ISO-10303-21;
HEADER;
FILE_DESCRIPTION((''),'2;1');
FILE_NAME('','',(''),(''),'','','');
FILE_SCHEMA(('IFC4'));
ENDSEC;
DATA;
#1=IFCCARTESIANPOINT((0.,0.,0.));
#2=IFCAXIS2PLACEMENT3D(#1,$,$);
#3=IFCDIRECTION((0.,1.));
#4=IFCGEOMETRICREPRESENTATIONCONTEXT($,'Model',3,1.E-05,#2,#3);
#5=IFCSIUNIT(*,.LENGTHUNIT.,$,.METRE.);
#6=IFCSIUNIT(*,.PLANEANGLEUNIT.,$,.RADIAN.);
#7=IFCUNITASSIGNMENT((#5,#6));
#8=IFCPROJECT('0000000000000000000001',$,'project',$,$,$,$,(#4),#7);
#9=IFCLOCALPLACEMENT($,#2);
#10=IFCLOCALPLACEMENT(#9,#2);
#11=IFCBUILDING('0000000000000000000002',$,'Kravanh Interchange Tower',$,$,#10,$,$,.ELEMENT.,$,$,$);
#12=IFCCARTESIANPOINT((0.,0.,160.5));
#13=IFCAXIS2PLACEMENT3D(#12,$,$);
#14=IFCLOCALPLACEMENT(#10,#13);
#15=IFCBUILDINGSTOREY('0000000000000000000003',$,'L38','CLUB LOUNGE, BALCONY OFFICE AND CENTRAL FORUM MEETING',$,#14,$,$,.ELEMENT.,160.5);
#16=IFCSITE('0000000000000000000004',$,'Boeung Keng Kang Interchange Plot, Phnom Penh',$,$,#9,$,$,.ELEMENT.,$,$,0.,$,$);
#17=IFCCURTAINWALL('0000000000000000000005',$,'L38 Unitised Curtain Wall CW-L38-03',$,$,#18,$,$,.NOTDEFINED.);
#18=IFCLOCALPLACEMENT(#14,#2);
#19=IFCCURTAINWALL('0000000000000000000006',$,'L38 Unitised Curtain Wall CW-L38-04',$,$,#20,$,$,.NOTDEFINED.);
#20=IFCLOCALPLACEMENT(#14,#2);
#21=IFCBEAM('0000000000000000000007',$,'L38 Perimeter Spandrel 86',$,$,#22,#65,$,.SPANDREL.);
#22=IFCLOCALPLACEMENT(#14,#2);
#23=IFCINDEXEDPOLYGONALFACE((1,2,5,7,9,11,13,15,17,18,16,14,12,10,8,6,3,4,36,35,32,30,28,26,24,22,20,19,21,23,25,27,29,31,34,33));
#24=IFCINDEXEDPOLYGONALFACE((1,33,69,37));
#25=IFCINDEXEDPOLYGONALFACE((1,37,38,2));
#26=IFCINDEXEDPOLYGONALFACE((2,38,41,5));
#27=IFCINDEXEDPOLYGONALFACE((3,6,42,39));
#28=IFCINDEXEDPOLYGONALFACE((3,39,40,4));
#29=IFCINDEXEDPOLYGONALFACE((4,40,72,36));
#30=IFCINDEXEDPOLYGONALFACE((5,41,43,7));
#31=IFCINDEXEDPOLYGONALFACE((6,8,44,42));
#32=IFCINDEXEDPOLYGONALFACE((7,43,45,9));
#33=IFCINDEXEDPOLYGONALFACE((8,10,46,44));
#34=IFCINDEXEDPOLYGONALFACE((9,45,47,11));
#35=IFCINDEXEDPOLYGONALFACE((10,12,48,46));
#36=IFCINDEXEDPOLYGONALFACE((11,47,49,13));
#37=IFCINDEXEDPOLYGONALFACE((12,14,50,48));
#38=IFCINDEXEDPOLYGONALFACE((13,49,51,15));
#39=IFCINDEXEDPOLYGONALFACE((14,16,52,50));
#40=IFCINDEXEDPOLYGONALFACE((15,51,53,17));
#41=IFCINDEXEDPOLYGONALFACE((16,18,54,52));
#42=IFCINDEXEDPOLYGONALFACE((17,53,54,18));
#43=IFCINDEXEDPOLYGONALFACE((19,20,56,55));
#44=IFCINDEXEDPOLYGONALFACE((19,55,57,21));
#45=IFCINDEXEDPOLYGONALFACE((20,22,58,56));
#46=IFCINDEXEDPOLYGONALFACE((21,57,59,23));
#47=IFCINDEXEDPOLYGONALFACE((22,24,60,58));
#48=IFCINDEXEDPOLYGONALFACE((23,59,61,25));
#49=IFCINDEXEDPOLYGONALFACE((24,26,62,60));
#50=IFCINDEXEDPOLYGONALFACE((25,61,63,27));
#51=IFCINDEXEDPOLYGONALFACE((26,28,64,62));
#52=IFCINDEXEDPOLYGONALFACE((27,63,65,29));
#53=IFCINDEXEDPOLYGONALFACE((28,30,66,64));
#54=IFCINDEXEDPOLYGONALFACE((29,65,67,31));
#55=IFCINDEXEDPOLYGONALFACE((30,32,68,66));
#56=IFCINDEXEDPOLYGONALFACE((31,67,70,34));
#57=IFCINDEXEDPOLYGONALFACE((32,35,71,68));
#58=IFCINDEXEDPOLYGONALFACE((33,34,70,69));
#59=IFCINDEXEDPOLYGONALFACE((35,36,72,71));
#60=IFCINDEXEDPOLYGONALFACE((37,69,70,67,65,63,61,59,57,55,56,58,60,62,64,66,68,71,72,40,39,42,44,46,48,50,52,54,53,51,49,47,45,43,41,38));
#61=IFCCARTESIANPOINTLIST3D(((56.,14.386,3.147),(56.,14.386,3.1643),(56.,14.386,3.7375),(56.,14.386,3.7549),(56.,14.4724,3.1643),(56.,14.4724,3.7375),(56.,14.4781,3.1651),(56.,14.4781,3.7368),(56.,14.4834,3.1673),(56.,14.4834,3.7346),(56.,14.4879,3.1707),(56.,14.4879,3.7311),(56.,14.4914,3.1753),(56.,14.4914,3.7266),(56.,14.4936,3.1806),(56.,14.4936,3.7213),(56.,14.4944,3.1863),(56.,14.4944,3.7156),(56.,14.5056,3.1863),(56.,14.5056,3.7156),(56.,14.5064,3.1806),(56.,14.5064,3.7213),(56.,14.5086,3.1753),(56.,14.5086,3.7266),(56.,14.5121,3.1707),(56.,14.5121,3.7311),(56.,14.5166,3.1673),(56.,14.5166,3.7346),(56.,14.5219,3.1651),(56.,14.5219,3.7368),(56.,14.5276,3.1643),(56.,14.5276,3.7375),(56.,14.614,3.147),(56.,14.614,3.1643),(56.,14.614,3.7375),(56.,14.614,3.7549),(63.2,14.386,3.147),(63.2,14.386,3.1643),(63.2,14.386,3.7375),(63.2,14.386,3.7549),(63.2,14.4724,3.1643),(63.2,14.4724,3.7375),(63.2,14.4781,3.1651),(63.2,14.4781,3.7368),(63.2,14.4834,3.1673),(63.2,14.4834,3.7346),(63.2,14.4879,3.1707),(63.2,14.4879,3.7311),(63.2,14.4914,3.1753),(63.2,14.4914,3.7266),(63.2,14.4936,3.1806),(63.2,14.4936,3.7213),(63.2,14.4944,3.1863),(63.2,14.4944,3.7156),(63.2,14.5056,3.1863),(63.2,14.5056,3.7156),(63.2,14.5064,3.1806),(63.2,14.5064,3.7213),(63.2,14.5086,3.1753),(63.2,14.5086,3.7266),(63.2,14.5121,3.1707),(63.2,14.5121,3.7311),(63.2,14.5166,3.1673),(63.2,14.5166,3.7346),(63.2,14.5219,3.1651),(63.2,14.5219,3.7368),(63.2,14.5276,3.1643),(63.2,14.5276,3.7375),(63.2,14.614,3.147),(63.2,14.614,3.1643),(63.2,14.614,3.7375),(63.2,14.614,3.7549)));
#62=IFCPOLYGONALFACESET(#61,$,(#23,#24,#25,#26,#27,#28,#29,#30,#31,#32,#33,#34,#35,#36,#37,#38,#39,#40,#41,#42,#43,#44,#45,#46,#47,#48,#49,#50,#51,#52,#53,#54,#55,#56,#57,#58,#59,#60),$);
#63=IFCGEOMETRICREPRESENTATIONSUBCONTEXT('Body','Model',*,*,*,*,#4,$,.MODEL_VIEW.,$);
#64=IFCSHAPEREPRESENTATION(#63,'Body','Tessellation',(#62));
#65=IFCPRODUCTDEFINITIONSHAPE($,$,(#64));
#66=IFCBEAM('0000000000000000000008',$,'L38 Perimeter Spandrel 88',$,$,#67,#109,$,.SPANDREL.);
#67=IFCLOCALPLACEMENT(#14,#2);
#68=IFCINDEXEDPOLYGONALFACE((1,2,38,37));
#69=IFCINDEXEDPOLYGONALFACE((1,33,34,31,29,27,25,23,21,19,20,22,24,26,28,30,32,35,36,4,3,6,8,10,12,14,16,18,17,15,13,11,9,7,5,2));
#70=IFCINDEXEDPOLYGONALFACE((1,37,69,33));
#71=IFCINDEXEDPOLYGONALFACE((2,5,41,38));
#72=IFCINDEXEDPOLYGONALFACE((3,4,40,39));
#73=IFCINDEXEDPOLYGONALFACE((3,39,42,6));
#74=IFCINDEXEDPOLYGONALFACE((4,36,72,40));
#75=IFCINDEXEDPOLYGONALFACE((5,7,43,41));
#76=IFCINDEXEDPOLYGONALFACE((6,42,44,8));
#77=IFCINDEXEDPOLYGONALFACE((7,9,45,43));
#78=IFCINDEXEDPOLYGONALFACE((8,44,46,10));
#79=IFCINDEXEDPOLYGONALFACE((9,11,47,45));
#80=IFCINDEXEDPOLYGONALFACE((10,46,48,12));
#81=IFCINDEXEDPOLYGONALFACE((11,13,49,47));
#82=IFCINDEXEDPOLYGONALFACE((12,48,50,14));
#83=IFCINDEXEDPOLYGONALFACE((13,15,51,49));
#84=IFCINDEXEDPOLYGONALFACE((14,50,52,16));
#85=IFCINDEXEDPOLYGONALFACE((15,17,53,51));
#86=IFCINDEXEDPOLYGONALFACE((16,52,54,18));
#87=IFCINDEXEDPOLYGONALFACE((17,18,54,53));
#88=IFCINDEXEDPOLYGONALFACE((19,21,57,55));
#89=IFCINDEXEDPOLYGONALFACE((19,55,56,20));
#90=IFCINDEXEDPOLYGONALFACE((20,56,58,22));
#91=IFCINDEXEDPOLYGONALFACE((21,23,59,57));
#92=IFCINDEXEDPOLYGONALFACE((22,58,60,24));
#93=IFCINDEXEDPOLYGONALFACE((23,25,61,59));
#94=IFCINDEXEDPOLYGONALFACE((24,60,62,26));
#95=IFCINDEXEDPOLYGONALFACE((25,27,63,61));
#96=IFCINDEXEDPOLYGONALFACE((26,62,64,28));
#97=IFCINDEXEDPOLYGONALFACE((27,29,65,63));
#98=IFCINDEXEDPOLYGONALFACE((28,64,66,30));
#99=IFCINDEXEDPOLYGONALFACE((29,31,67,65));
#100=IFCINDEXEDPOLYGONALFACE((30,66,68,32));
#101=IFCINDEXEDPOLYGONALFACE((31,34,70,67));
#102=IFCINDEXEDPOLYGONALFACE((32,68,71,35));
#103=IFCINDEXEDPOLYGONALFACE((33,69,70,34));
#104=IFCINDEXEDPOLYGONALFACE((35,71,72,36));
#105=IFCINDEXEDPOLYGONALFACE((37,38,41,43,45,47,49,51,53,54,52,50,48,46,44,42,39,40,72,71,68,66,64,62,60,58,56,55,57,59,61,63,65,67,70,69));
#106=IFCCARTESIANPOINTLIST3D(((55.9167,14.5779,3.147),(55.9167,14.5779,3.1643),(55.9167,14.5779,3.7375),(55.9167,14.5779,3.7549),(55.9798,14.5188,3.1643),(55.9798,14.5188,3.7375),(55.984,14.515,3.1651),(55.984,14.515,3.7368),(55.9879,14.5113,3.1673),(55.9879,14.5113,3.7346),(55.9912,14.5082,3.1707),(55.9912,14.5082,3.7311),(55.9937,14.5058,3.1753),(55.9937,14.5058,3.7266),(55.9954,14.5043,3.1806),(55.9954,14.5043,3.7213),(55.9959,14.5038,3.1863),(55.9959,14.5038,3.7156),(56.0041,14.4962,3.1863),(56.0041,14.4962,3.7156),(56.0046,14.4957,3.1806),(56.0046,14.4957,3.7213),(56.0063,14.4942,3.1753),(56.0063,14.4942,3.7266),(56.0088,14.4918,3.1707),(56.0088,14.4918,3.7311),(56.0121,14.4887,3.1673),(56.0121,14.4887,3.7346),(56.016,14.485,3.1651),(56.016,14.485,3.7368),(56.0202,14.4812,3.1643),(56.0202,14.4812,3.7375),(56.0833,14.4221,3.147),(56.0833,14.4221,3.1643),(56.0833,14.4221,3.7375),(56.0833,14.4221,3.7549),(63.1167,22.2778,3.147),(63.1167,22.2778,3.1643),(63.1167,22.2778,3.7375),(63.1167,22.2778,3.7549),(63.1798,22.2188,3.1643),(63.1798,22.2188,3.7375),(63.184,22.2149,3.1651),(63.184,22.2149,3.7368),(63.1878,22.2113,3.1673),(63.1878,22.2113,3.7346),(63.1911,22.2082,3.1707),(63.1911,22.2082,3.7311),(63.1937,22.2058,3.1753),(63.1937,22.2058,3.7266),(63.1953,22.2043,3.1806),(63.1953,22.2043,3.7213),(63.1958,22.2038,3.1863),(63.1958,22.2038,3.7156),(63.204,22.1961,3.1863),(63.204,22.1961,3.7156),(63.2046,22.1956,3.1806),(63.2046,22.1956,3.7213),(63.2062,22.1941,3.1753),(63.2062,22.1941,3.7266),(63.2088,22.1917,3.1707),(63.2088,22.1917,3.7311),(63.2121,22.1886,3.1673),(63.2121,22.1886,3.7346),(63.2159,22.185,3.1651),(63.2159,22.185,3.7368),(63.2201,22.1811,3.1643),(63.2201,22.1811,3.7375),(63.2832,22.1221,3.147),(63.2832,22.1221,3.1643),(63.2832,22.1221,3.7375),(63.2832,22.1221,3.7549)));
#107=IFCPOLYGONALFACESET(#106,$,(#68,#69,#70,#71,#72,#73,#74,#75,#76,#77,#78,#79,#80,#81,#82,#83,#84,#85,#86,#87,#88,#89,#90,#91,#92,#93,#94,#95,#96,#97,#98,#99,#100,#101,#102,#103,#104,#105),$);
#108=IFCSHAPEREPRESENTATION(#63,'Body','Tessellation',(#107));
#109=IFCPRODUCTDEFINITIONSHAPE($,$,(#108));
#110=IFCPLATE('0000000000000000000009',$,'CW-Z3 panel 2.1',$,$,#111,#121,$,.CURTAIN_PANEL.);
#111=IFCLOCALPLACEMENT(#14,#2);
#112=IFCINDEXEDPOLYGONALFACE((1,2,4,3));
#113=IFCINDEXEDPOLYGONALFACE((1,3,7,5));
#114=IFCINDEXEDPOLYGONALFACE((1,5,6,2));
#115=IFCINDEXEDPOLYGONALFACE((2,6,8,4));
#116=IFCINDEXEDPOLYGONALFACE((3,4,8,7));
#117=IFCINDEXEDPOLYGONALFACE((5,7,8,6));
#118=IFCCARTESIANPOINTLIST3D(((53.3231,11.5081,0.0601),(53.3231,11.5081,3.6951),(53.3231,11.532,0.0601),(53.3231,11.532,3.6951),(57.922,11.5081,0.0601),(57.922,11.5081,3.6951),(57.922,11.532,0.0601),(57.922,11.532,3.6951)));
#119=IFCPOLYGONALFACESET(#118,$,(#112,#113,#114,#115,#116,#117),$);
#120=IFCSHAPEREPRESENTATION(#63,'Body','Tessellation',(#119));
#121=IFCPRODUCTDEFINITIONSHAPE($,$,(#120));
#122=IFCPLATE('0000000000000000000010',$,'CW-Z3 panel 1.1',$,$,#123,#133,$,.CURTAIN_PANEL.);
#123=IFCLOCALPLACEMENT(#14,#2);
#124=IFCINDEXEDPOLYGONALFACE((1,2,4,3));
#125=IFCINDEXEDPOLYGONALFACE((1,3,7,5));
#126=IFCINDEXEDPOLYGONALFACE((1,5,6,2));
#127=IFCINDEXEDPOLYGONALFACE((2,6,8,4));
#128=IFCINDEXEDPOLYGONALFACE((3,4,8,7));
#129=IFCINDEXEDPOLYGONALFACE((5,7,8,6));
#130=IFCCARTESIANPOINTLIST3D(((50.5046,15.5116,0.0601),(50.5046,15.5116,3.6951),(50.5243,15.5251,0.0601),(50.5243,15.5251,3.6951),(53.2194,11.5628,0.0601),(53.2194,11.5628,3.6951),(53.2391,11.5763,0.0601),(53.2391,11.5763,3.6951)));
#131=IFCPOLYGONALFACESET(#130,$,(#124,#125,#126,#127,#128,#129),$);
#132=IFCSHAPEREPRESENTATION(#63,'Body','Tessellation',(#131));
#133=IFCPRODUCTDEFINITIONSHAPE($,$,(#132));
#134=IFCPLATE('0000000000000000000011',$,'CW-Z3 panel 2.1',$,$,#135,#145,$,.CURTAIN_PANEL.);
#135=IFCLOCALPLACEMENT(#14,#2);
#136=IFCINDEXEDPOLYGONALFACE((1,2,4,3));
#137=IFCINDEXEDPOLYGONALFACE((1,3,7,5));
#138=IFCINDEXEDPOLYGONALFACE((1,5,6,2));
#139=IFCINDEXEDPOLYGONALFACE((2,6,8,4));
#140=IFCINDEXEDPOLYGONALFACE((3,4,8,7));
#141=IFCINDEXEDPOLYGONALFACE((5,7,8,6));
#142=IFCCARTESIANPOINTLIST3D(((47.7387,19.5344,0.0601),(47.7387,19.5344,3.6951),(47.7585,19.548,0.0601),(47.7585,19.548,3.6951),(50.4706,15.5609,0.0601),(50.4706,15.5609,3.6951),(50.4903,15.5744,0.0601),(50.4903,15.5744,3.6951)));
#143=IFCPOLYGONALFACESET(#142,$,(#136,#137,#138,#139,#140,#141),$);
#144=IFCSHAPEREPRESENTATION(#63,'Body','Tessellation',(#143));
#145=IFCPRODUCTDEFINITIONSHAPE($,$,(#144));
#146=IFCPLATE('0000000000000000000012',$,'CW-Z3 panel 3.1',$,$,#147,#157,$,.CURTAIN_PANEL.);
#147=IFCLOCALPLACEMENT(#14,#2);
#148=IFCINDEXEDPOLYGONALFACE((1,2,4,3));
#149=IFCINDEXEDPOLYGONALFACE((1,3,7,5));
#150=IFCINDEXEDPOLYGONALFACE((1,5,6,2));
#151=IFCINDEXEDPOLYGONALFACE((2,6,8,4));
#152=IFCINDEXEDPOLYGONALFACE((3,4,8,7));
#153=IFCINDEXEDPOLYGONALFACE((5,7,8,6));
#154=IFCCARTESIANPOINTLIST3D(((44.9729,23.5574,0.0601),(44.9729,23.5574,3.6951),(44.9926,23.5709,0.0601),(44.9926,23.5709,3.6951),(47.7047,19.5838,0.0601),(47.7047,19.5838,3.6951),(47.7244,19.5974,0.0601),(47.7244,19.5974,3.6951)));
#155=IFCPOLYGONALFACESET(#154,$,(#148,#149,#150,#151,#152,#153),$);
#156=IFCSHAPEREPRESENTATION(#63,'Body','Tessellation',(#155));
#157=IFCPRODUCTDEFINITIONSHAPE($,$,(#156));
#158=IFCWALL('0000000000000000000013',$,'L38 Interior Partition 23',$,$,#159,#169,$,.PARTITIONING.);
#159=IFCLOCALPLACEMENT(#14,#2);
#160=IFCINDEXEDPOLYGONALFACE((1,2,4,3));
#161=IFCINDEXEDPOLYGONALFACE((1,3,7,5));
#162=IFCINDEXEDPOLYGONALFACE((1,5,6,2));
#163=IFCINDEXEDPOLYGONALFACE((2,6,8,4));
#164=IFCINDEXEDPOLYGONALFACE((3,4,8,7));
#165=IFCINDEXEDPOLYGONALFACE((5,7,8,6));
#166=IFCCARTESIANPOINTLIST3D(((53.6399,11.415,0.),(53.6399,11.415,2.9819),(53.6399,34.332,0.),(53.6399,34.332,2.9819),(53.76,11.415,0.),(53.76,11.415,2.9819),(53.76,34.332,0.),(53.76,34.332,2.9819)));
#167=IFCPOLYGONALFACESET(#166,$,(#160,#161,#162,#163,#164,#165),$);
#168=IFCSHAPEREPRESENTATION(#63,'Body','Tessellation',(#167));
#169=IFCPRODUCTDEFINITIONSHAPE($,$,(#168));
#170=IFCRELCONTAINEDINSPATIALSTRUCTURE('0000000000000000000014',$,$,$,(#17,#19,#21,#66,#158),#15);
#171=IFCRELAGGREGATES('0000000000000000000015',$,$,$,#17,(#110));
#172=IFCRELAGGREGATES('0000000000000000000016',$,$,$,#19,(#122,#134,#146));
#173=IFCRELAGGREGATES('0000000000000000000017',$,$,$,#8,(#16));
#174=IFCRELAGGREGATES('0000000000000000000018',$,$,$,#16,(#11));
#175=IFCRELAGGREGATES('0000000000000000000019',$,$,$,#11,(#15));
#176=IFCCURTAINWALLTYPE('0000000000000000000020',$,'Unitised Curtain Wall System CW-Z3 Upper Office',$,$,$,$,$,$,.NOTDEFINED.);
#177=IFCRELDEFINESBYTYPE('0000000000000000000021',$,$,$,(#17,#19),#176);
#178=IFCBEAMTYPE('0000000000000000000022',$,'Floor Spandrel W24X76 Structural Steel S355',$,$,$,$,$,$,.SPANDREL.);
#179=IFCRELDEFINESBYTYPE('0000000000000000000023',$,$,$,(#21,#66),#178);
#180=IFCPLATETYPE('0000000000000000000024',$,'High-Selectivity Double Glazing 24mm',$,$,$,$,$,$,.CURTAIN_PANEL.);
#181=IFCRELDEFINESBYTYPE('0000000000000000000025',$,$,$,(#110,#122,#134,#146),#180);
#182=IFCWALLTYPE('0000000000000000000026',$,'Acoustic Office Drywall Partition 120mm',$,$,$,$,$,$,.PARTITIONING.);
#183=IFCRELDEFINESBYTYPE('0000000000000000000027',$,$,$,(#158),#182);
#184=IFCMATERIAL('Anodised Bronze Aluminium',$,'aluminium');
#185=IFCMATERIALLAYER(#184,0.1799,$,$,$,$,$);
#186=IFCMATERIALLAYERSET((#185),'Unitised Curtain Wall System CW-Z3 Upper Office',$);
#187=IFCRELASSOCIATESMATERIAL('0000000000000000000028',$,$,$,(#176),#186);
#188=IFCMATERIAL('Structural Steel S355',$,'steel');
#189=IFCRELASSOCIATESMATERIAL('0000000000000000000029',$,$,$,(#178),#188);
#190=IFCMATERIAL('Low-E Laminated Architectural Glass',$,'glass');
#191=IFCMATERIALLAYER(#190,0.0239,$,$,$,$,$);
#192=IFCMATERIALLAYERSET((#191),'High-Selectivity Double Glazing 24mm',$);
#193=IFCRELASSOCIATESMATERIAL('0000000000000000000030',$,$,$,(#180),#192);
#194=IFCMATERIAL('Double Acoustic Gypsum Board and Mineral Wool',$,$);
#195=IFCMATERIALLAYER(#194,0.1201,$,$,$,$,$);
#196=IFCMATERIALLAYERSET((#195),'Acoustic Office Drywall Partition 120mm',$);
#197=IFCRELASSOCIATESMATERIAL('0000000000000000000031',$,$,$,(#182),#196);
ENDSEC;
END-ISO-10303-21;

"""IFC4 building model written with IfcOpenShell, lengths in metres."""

from ifc_helpers import new_model, si_unit, direction, frame, frame_2d, origin, origin_2d, place, context, subcontext, project, spatial, rectangle, i_section, extrude, material, layer, layer_set, material_profile, profile_set, type_object, element, aggregate, save


model = new_model("IFC4")

# Units and contexts
model_context = context("Model", 3, precision=1e-05, world=origin(), true_north=direction((0.0, 1.0)))
body_context = subcontext(model_context, "Body", "Model", "MODEL_VIEW")
ifc_project = project(units=[si_unit("LENGTHUNIT", "METRE"), si_unit("PLANEANGLEUNIT", "RADIAN")], contexts=[model_context])

# Site, building, storey
site_placement = place(None, origin())
site = spatial("IfcSite", under=ifc_project, at=site_placement, Name="Boeung Keng Kang Interchange Plot, Phnom Penh", CompositionType="ELEMENT", RefElevation=0.0)
building_placement = place(site_placement, origin())
building = spatial("IfcBuilding", under=site, at=building_placement, Name="Kravanh Interchange Tower", CompositionType="ELEMENT")
storey_placement = place(building_placement, frame((0.0, 0.0, 160.5)))
storey = spatial("IfcBuildingStorey", under=building, at=storey_placement, Name="L38", Description="CLUB LOUNGE, BALCONY OFFICE AND CENTRAL FORUM MEETING", CompositionType="ELEMENT", Elevation=160.5)

# Curtain walls
ifc_material_1 = material(Name="Anodised Bronze Aluminium", Category="aluminium")
ifc_layer_1 = layer(ifc_material_1, 0.1799)
ifc_layer_set_1 = layer_set([ifc_layer_1], Name="Unitised Curtain Wall System CW-Z3 Upper Office")
curtain_wall_type = type_object("IfcCurtainWallType", Name="Unitised Curtain Wall System CW-Z3 Upper Office", PredefinedType="NOTDEFINED", material=ifc_layer_set_1)
curtain_wall_1_placement = place(storey_placement, origin())
curtain_wall_1 = element("IfcCurtainWall", 1, at=curtain_wall_1_placement, inside=storey, type_object=curtain_wall_type, Name="L38 Unitised Curtain Wall CW-L38-03", PredefinedType="NOTDEFINED")
curtain_wall_2_placement = place(storey_placement, origin())
curtain_wall_2 = element("IfcCurtainWall", 2, at=curtain_wall_2_placement, inside=storey, type_object=curtain_wall_type, Name="L38 Unitised Curtain Wall CW-L38-04", PredefinedType="NOTDEFINED")

# Beams
ifc_material_2 = material(Name="Structural Steel S355", Category="steel")
ifc_material_profile_1 = material_profile(ifc_material_2, i_section(OverallWidth=0.228, OverallDepth=0.6079, WebThickness=0.0112, FlangeThickness=0.0173, FilletRadius=0.022, at=origin_2d()), Name="W24X76")
ifc_profile_set_1 = profile_set([ifc_material_profile_1], Name="Structural Steel S355")
beam_type_1 = type_object("IfcBeamType", Name="Floor Spandrel W24X76 Structural Steel S355", PredefinedType="SPANDREL", material=ifc_profile_set_1)
beam_1_placement = place(storey_placement, frame((56.0, 14.5, 3.4509), z_axis=(1.0, 0.0, 0.0), x_axis=(0.0, 1.0, 0.0)))
element("IfcBeam", 3, at=beam_1_placement, inside=storey, type_object=beam_type_1, Name="L38 Perimeter Spandrel 86", PredefinedType="SPANDREL", context=body_context, shape_type="SweptSolid", body=[
    extrude(i_section(OverallWidth=0.228, OverallDepth=0.6079, WebThickness=0.0112, FlangeThickness=0.0173, FilletRadius=0.022, at=origin_2d()), origin(), (0.0, 0.0, 1.0), 7.2),
])
beam_2_placement = place(storey_placement, frame((56.0, 14.5, 3.4509), z_axis=(0.682994, 0.730424, 0.0), x_axis=(-0.730424, 0.682994, 0.0)))
element("IfcBeam", 4, at=beam_2_placement, inside=storey, type_object=beam_type_1, Name="L38 Perimeter Spandrel 88", PredefinedType="SPANDREL", context=body_context, shape_type="SweptSolid", body=[
    extrude(i_section(OverallWidth=0.228, OverallDepth=0.6079, WebThickness=0.0112, FlangeThickness=0.0173, FilletRadius=0.022, at=origin_2d()), origin(), (0.0, 0.0, 1.0), 10.5417),
])

# Plates
ifc_material_3 = material(Name="Low-E Laminated Architectural Glass", Category="glass")
ifc_layer_2 = layer(ifc_material_3, 0.0239)
ifc_layer_set_2 = layer_set([ifc_layer_2], Name="High-Selectivity Double Glazing 24mm")
plate_type = type_object("IfcPlateType", Name="High-Selectivity Double Glazing 24mm", PredefinedType="CURTAIN_PANEL", material=ifc_layer_set_2)
plate_1_placement = place(storey_placement, frame((55.6226, 11.52, 0.0601), z_axis=(0.0, 0.0, 1.0), x_axis=(-1.0, 0.0, 0.0)))
plate_1 = element("IfcPlate", 5, at=plate_1_placement, type_object=plate_type, Name="CW-Z3 panel 2.1", PredefinedType="CURTAIN_PANEL", context=body_context, shape_type="SweptSolid", body=[
    extrude(rectangle(XDim=4.5989, YDim=0.0239, at=origin_2d()), origin(), (0.0, 0.0, 1.0), 3.635),
])
aggregate(curtain_wall_1, [plate_1])
plate_2_placement = place(storey_placement, frame((51.8718, 13.5439, 0.0601), z_axis=(0.0, 0.0, 1.0), x_axis=(-0.566528, 0.824042, 0.0)))
plate_2 = element("IfcPlate", 6, at=plate_2_placement, type_object=plate_type, Name="CW-Z3 panel 1.1", PredefinedType="CURTAIN_PANEL", context=body_context, shape_type="SweptSolid", body=[
    extrude(rectangle(XDim=4.792, YDim=0.0239, at=origin_2d()), origin(), (0.0, 0.0, 1.0), 3.635),
])
plate_3_placement = place(storey_placement, frame((49.1145, 17.5544, 0.0601), z_axis=(0.0, 0.0, 1.0), x_axis=(-0.566528, 0.824042, 0.0)))
plate_3 = element("IfcPlate", 7, at=plate_3_placement, type_object=plate_type, Name="CW-Z3 panel 2.1", PredefinedType="CURTAIN_PANEL", context=body_context, shape_type="SweptSolid", body=[
    extrude(rectangle(XDim=4.822, YDim=0.0239, at=origin_2d()), origin(), (0.0, 0.0, 1.0), 3.635),
])
plate_4_placement = place(storey_placement, frame((46.3486, 21.5774, 0.0601), z_axis=(0.0, 0.0, 1.0), x_axis=(-0.566528, 0.824042, 0.0)))
plate_4 = element("IfcPlate", 8, at=plate_4_placement, type_object=plate_type, Name="CW-Z3 panel 3.1", PredefinedType="CURTAIN_PANEL", context=body_context, shape_type="SweptSolid", body=[
    extrude(rectangle(XDim=4.822, YDim=0.0239, at=origin_2d()), origin(), (0.0, 0.0, 1.0), 3.635),
])
aggregate(curtain_wall_2, [plate_2, plate_3, plate_4])

# Wall
ifc_material_4 = material(Name="Double Acoustic Gypsum Board and Mineral Wool")
ifc_layer_3 = layer(ifc_material_4, 0.1201)
ifc_layer_set_3 = layer_set([ifc_layer_3], Name="Acoustic Office Drywall Partition 120mm")
wall_type_1 = type_object("IfcWallType", Name="Acoustic Office Drywall Partition 120mm", PredefinedType="PARTITIONING", material=ifc_layer_set_3)
wall_1_placement = place(storey_placement, frame((53.7, 11.415, 0.0), z_axis=(0.0, 0.0, 1.0), x_axis=(0.0, 1.0, 0.0)))
element("IfcWall", 9, at=wall_1_placement, inside=storey, type_object=wall_type_1, Name="L38 Interior Partition 23", PredefinedType="PARTITIONING", context=body_context, shape_type="SweptSolid", body=[
    extrude(rectangle(XDim=22.917, YDim=0.1201, at=frame_2d((11.4585, 0.0))), origin(), (0.0, 0.0, 1.0), 2.9819),
])

save(model, "model.ifc")
